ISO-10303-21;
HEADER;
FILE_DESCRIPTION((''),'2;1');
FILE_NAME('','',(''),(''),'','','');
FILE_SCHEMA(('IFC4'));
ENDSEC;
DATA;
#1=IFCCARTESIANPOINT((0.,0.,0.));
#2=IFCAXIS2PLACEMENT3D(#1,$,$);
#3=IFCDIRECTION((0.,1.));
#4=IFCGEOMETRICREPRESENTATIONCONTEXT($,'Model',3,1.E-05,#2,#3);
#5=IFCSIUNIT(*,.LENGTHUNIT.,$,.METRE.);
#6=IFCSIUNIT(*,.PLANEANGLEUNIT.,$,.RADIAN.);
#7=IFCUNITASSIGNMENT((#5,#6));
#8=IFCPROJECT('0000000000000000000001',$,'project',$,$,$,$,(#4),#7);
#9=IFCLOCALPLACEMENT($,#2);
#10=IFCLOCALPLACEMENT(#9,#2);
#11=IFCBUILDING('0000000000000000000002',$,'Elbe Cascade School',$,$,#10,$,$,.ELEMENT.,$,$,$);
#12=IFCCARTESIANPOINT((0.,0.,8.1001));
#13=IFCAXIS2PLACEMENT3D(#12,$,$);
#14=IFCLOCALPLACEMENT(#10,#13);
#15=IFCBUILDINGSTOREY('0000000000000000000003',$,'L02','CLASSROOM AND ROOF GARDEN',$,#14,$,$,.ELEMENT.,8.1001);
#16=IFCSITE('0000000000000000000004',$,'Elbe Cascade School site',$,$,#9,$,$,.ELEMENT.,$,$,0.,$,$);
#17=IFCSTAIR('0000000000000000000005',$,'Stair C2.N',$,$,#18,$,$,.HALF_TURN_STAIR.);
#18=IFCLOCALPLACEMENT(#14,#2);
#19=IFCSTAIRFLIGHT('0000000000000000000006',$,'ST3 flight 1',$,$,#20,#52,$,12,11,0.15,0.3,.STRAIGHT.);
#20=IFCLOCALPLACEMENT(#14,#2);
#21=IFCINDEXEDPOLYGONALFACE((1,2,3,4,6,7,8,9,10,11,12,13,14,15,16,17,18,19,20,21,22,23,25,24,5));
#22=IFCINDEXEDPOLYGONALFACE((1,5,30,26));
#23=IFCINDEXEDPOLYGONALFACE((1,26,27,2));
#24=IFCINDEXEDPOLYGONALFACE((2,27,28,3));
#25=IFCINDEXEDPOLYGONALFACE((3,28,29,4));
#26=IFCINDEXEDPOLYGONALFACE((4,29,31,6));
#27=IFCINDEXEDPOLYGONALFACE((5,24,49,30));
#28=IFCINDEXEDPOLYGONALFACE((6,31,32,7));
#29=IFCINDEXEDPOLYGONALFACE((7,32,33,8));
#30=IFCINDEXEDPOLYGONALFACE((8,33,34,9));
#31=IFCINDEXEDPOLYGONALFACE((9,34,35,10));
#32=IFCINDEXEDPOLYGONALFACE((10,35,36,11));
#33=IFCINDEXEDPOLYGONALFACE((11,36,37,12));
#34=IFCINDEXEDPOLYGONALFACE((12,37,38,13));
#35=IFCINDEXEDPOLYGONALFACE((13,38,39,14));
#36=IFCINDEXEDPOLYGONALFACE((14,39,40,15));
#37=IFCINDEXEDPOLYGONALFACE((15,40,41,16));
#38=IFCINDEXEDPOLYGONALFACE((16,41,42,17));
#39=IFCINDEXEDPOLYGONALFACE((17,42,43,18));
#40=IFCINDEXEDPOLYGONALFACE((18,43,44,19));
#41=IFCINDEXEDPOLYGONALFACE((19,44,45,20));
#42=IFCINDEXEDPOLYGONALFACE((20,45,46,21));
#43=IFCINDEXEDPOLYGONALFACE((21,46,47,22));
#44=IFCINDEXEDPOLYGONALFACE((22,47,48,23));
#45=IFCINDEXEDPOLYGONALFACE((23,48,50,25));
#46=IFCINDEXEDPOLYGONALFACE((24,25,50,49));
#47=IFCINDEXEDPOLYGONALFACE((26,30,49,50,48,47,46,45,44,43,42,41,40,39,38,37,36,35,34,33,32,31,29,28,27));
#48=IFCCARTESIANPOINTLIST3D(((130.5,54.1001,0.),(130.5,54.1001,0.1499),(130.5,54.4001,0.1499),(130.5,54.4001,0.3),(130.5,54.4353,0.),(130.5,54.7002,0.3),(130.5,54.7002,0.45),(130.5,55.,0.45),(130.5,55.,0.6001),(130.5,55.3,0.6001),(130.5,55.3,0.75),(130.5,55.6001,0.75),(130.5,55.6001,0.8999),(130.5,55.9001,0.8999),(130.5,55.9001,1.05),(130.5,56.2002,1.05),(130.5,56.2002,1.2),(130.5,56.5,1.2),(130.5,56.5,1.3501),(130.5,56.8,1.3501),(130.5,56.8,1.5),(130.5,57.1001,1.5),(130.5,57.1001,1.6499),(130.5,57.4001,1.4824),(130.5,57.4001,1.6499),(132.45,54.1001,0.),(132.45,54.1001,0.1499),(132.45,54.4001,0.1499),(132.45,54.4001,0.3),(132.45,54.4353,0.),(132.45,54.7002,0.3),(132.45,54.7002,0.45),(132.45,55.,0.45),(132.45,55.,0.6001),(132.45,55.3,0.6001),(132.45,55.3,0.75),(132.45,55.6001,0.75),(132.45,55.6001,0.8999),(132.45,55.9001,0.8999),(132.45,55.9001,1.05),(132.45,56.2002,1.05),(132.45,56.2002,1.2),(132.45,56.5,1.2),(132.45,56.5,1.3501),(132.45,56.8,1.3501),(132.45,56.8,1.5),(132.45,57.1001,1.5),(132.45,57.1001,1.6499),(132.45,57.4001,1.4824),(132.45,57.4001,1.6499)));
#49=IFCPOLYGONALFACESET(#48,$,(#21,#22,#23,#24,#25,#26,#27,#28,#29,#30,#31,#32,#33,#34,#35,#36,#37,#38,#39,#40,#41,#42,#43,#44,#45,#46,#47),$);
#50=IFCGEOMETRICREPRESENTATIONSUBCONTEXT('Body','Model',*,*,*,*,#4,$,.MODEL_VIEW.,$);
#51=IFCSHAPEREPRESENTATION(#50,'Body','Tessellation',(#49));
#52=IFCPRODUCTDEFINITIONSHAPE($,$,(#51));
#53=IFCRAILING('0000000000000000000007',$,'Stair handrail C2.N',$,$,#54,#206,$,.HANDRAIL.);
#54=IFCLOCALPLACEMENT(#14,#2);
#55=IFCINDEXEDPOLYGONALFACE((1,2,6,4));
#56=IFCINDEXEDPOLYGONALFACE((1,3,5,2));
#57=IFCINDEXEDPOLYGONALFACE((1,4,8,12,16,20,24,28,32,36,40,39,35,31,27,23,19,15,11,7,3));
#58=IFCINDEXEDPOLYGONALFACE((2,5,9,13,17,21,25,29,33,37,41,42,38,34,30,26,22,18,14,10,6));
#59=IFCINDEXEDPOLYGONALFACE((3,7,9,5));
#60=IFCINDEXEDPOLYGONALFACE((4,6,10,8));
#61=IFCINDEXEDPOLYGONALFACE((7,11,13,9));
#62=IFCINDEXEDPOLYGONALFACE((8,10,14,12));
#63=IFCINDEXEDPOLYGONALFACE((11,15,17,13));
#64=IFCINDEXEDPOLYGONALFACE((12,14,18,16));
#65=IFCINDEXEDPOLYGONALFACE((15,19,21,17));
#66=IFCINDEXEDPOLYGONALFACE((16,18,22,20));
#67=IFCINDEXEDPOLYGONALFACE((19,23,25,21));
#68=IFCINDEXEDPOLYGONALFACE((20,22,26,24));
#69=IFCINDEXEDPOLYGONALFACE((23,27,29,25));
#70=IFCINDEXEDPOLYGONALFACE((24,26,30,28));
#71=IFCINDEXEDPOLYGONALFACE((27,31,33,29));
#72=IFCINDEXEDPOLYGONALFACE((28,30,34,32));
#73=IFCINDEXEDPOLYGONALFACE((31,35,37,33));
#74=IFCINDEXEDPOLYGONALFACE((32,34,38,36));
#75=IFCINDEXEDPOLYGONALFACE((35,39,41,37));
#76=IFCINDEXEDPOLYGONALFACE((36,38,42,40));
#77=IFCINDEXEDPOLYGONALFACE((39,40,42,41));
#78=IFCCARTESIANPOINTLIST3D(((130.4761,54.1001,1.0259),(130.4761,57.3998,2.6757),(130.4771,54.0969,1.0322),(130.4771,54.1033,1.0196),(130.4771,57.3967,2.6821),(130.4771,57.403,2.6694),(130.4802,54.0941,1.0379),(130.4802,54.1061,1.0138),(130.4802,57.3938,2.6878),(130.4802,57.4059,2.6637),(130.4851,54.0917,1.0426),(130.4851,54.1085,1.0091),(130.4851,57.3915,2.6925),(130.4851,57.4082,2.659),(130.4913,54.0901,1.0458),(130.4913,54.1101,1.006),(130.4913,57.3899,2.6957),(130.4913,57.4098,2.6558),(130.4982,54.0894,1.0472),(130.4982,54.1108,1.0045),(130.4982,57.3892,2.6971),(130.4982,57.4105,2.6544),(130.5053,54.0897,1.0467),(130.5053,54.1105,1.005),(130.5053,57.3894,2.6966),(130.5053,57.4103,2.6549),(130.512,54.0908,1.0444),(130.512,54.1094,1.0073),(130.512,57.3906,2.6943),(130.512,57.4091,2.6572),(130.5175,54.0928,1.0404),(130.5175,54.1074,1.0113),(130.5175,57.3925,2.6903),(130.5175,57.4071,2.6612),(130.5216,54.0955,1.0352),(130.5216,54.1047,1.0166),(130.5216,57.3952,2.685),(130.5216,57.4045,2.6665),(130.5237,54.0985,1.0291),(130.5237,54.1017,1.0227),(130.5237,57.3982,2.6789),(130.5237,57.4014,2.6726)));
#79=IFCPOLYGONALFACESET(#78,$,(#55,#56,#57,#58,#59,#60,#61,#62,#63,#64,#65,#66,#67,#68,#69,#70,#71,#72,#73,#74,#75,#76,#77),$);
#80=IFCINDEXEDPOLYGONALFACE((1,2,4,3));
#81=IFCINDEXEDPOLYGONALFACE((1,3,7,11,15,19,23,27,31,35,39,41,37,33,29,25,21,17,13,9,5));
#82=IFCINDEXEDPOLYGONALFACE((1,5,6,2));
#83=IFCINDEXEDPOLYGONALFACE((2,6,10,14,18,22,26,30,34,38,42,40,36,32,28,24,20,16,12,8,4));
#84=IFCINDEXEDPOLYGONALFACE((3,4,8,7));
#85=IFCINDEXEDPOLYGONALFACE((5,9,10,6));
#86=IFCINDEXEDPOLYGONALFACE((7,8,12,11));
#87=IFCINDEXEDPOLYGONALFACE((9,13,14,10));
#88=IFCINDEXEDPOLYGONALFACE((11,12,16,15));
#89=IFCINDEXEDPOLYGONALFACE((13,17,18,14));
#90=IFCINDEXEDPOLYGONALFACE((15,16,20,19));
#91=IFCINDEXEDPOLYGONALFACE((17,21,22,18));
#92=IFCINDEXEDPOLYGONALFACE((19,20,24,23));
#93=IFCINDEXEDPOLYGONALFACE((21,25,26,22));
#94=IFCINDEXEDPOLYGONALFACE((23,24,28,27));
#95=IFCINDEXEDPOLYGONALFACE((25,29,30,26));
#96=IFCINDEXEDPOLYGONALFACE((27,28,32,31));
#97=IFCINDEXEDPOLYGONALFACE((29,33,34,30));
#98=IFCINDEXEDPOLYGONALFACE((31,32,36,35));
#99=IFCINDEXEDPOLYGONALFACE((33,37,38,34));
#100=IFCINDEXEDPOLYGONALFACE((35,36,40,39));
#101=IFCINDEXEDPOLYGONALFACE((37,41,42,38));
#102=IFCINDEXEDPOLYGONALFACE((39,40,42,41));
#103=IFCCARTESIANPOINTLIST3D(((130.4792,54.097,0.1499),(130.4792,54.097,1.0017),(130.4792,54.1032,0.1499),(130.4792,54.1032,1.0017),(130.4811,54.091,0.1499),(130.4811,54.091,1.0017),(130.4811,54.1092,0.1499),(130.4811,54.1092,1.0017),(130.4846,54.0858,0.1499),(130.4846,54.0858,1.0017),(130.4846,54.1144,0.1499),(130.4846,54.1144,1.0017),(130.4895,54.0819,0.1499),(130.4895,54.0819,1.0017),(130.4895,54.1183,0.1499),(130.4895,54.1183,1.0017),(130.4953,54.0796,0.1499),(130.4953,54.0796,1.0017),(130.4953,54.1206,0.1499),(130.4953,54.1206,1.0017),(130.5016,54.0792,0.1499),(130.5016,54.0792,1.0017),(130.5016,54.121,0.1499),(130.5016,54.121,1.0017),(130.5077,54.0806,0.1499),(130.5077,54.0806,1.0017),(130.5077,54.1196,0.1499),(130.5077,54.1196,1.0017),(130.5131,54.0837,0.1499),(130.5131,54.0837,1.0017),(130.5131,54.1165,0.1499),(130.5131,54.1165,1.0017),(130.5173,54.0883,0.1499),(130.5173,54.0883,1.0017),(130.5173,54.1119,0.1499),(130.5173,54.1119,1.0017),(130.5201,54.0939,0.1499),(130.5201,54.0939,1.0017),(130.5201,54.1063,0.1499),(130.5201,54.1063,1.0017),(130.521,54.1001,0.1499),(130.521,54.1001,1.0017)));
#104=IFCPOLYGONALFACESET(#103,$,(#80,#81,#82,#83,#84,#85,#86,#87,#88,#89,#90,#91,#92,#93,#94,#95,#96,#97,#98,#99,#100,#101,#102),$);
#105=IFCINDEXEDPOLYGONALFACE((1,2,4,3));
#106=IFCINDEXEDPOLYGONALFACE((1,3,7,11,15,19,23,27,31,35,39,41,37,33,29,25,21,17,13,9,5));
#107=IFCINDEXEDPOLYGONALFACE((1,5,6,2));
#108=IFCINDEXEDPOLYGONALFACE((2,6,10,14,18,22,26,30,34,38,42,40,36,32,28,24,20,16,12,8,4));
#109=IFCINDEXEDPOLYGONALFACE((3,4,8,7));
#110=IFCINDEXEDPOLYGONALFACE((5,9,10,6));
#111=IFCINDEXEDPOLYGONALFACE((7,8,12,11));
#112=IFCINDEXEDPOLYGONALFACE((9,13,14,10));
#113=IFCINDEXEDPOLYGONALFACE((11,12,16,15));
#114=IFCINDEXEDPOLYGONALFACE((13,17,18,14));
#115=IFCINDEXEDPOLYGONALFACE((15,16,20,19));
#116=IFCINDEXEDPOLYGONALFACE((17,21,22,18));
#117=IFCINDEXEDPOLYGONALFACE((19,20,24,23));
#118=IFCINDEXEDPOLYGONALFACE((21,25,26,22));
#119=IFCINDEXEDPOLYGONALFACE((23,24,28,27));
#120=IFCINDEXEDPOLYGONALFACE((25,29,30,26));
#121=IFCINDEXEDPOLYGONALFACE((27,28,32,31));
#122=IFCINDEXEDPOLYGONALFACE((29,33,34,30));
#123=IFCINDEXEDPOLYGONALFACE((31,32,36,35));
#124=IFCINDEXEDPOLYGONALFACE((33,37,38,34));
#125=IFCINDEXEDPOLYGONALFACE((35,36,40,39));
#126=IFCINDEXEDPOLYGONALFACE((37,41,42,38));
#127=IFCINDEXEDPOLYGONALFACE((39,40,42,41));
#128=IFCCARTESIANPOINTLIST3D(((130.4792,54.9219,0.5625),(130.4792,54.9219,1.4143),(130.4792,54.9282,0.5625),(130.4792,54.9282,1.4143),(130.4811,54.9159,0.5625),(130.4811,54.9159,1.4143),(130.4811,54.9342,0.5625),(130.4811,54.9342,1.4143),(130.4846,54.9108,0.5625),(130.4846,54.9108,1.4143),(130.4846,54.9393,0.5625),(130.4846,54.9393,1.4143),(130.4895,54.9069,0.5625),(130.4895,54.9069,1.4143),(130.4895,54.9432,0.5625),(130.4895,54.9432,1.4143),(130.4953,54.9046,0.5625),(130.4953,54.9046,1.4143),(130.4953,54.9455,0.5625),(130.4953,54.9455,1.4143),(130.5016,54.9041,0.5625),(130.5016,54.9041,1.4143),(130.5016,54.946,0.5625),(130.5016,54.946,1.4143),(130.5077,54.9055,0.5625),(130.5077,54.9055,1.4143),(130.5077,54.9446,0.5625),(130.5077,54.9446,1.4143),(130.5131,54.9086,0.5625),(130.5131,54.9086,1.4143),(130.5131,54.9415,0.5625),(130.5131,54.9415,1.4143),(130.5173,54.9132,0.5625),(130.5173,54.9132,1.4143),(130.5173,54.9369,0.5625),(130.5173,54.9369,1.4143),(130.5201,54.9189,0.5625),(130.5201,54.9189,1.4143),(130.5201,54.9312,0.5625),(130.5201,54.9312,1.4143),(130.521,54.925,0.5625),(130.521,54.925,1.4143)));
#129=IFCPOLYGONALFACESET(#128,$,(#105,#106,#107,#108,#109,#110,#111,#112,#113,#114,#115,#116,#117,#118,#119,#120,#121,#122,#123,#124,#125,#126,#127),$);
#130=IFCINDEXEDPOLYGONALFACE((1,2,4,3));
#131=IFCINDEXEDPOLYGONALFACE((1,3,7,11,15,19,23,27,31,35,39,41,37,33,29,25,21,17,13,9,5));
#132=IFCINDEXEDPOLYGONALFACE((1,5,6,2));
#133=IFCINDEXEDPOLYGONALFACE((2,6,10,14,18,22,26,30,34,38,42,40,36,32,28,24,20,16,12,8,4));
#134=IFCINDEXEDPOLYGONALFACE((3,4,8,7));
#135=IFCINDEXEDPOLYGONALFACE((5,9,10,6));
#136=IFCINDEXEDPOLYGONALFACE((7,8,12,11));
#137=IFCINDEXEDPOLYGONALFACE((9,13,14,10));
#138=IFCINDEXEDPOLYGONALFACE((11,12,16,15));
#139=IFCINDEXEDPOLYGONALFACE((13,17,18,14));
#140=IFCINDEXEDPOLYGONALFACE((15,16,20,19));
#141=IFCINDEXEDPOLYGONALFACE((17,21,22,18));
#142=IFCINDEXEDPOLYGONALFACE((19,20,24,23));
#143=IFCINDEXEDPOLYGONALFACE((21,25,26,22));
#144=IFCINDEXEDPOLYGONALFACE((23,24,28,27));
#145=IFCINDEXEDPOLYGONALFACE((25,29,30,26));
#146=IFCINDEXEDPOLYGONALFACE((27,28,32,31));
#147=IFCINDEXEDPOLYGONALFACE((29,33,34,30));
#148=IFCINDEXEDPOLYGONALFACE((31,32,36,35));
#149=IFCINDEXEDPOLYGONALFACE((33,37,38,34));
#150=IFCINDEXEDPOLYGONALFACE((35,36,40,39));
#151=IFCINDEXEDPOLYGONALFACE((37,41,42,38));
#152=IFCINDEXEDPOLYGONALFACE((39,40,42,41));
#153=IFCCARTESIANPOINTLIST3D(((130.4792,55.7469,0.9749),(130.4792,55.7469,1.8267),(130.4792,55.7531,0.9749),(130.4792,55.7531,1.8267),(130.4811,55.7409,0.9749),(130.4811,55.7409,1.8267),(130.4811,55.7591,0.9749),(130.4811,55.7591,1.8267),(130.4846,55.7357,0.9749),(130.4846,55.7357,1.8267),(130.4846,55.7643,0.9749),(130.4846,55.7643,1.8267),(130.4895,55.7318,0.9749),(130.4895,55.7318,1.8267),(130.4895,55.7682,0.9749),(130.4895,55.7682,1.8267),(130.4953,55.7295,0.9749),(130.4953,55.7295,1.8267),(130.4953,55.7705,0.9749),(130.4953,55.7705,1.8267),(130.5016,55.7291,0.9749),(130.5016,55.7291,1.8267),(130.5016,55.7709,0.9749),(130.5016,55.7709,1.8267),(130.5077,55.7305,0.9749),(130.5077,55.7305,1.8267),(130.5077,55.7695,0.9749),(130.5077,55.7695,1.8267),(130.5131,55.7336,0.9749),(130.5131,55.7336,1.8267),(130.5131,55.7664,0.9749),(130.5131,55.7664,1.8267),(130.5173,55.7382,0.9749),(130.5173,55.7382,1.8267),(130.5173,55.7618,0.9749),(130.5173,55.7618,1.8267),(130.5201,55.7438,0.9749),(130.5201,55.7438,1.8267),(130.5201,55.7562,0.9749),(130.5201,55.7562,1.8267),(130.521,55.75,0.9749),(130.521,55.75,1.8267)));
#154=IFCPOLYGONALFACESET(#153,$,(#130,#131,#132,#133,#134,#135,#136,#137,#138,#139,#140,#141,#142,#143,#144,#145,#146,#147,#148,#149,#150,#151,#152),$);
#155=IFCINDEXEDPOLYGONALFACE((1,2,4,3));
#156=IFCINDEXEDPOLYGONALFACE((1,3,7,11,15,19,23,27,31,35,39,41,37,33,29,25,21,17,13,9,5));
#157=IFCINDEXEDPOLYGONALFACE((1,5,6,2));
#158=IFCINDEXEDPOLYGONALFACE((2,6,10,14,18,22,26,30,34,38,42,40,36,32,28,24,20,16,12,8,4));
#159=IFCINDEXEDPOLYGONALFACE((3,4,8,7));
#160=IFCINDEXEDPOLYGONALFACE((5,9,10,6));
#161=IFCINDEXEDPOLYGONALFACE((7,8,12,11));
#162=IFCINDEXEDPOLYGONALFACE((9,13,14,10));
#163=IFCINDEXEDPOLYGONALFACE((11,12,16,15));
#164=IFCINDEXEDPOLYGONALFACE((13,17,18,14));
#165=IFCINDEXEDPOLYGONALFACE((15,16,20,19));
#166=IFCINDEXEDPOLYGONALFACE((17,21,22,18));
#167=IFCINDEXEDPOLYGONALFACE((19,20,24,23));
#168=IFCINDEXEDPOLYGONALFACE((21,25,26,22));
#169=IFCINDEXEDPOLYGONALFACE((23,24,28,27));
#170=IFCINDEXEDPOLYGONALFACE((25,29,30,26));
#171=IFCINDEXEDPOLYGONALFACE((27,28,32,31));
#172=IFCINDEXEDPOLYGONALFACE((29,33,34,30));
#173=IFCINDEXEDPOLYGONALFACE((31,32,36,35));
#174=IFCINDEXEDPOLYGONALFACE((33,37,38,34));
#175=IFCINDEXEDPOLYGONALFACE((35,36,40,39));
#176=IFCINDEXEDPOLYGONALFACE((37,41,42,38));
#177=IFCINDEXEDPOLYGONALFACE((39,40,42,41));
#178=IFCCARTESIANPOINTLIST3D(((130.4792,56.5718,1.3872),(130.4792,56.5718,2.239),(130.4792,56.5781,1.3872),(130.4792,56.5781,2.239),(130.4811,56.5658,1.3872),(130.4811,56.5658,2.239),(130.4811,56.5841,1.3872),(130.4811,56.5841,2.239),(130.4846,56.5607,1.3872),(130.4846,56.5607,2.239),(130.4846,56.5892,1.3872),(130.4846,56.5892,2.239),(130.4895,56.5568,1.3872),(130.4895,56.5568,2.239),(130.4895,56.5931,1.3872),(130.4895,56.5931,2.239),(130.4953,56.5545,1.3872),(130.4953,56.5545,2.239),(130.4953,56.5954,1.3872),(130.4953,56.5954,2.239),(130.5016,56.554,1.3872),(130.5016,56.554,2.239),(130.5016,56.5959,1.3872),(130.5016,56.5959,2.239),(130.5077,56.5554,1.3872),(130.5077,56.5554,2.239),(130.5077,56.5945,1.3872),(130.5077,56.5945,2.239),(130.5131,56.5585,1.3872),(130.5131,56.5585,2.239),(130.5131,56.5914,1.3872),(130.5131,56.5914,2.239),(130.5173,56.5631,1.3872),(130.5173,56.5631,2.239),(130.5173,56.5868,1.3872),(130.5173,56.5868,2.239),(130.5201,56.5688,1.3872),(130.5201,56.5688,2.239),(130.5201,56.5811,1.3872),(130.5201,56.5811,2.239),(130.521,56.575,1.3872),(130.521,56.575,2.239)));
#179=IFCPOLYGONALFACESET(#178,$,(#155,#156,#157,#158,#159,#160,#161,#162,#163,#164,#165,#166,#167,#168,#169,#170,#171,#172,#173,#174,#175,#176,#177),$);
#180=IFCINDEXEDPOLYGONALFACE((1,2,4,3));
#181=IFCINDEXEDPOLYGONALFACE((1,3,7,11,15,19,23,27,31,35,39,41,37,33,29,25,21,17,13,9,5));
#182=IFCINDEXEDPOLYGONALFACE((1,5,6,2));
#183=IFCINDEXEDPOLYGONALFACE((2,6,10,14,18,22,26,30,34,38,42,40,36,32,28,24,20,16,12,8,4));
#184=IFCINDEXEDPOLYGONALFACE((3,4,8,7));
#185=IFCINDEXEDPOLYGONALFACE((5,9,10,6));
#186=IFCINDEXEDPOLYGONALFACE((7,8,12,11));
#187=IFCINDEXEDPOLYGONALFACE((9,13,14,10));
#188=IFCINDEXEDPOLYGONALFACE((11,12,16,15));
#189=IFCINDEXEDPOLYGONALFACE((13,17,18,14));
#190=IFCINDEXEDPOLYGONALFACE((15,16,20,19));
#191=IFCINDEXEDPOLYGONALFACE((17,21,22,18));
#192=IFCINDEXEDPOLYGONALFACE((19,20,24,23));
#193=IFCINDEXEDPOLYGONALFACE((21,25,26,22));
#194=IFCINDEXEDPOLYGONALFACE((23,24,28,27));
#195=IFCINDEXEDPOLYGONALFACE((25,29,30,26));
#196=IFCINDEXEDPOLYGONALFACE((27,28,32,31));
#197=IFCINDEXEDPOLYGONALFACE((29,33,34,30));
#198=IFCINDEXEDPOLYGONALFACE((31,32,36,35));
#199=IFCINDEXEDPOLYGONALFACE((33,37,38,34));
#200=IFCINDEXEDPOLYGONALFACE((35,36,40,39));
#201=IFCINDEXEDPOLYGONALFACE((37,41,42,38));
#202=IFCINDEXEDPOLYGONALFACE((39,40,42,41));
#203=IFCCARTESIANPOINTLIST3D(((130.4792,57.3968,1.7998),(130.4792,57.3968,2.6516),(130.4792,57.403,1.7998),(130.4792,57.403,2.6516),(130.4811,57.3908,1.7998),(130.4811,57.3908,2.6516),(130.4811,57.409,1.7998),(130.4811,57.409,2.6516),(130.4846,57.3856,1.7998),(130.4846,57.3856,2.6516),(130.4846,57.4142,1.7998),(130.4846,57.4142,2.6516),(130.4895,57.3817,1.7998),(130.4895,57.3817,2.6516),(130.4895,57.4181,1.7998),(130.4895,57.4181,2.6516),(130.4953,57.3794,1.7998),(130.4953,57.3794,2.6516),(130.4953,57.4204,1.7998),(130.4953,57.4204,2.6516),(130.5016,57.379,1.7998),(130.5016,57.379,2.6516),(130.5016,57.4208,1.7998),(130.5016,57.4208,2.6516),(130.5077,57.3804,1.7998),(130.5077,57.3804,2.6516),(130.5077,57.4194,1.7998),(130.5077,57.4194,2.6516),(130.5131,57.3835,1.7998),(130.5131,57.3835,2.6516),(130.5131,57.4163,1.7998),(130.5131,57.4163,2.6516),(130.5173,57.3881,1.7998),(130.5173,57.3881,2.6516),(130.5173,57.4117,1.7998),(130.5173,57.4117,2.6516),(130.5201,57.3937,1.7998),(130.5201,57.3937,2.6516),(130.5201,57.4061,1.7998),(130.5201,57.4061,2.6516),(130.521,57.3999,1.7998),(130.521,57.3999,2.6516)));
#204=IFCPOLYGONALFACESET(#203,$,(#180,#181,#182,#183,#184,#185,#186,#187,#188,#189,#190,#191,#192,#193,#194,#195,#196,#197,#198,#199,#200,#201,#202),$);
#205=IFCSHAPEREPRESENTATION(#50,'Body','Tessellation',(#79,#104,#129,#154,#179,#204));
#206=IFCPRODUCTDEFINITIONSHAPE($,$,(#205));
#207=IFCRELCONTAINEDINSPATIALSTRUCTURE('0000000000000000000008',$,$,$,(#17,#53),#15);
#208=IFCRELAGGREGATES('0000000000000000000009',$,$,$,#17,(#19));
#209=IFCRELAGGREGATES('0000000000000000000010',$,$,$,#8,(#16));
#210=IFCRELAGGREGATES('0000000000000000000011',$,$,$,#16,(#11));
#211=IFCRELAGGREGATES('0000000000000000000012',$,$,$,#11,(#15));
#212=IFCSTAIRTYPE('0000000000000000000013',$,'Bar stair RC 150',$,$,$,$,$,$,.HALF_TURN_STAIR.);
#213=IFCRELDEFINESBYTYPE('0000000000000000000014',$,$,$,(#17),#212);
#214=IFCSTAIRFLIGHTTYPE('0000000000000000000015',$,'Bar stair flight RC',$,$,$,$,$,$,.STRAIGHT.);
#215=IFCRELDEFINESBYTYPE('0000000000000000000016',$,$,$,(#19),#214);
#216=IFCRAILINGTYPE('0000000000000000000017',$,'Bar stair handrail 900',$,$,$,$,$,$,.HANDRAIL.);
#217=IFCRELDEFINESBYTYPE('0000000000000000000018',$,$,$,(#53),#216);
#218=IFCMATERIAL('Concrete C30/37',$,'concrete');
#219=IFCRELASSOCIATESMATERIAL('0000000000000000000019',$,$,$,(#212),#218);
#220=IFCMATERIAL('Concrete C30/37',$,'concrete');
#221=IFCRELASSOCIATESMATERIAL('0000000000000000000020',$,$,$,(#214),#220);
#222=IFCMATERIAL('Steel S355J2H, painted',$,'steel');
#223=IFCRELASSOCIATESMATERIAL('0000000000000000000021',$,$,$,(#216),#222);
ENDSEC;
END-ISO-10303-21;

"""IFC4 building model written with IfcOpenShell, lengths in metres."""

from ifc_helpers import new_model, si_unit, direction, frame, origin, origin_2d, place, context, subcontext, project, spatial, polyline, circle, outline, extrude, material, type_object, element, aggregate, save


model = new_model("IFC4")

# Units and contexts
model_context = context("Model", 3, precision=1e-05, world=origin(), true_north=direction((0.0, 1.0)))
body_context = subcontext(model_context, "Body", "Model", "MODEL_VIEW")
ifc_project = project(units=[si_unit("LENGTHUNIT", "METRE"), si_unit("PLANEANGLEUNIT", "RADIAN")], contexts=[model_context])

# Site, building, storey
site_placement = place(None, origin())
site = spatial("IfcSite", under=ifc_project, at=site_placement, Name="Elbe Cascade School site", CompositionType="ELEMENT", RefElevation=0.0)
building_placement = place(site_placement, origin())
building = spatial("IfcBuilding", under=site, at=building_placement, Name="Elbe Cascade School", CompositionType="ELEMENT")
storey_placement = place(building_placement, frame((0.0, 0.0, 8.1001)))
storey = spatial("IfcBuildingStorey", under=building, at=storey_placement, Name="L02", Description="CLASSROOM AND ROOF GARDEN", CompositionType="ELEMENT", Elevation=8.1001)

# Stair, stair flight
ifc_material_1 = material(Name="Concrete C30/37", Category="concrete")
stair_type = type_object("IfcStairType", Name="Bar stair RC 150", PredefinedType="HALF_TURN_STAIR", material=ifc_material_1)
stair_placement = place(storey_placement, origin())
stair = element("IfcStair", 1, at=stair_placement, inside=storey, type_object=stair_type, Name="Stair C2.N", PredefinedType="HALF_TURN_STAIR")
ifc_material_2 = material(Name="Concrete C30/37", Category="concrete")
stair_flight_type = type_object("IfcStairFlightType", Name="Bar stair flight RC", PredefinedType="STRAIGHT", material=ifc_material_2)
stair_flight_placement = place(storey_placement, frame((131.4751, 54.1001, 0.0), z_axis=(0.0, 0.0, 1.0), x_axis=(0.0, 1.0, 0.0)))
stair_flight = element("IfcStairFlight", 2, at=stair_flight_placement, type_object=stair_flight_type, Name="ST3 flight 1", NumberOfRisers=12, NumberOfTreads=11, PredefinedType="STRAIGHT", RiserHeight=0.15, TreadLength=0.3, context=body_context, shape_type="SweptSolid", body=[
    extrude(outline(polyline([(0.0, 0.0), (0.0, 0.1499), (0.3, 0.1499), (0.3, 0.3), (0.6001, 0.3), (0.6001, 0.45), (0.8999, 0.45), (0.8999, 0.6001), (1.2, 0.6001), (1.2, 0.75), (1.5, 0.75), (1.5, 0.8999), (1.8, 0.8999), (1.8, 1.05), (2.1001, 1.05), (2.1001, 1.2), (2.3999, 1.2), (2.3999, 1.3501), (2.7, 1.3501), (2.7, 1.5), (3.0, 1.5), (3.0, 1.6499), (3.3, 1.6499), (3.3, 1.8), (3.3, 1.4824), (0.3352, 0.0), (0.0, 0.0)])), frame((0.0, 0.9751, 0.0), z_axis=(0.0, -1.0, 0.0), x_axis=(1.0, 0.0, 0.0)), (0.0, 0.0, 1.0), 1.95),
])
aggregate(stair, [stair_flight])

# Railing
ifc_material_3 = material(Name="Steel S355J2H, painted", Category="steel")
railing_type = type_object("IfcRailingType", Name="Bar stair handrail 900", PredefinedType="HANDRAIL", material=ifc_material_3)
railing_placement = place(storey_placement, frame((130.5, 54.1001, 0.1499)))
element("IfcRailing", 3, at=railing_placement, inside=storey, type_object=railing_type, Name="Stair handrail C2.N", PredefinedType="HANDRAIL", context=body_context, shape_type="SweptSolid", body=[
    extrude(circle(Radius=0.0239, at=origin_2d()), frame((0.0, 0.0, 0.876), z_axis=(0.0, 0.894427, 0.447214), x_axis=(-1.0, 0.0, 0.0)), (0.0, 0.0, 1.0), 3.6892),
    extrude(circle(Radius=0.021, at=origin_2d()), origin(), (0.0, 0.0, 1.0), 0.8518),
    extrude(circle(Radius=0.021, at=origin_2d()), frame((0.0, 0.825, 0.4126)), (0.0, 0.0, 1.0), 0.8518),
    extrude(circle(Radius=0.021, at=origin_2d()), frame((0.0, 1.6499, 0.825)), (0.0, 0.0, 1.0), 0.8518),
    extrude(circle(Radius=0.021, at=origin_2d()), frame((0.0, 2.4749, 1.2373)), (0.0, 0.0, 1.0), 0.8518),
    extrude(circle(Radius=0.021, at=origin_2d()), frame((0.0, 3.2998, 1.6499)), (0.0, 0.0, 1.0), 0.8518),
])

save(model, "model.ifc")
